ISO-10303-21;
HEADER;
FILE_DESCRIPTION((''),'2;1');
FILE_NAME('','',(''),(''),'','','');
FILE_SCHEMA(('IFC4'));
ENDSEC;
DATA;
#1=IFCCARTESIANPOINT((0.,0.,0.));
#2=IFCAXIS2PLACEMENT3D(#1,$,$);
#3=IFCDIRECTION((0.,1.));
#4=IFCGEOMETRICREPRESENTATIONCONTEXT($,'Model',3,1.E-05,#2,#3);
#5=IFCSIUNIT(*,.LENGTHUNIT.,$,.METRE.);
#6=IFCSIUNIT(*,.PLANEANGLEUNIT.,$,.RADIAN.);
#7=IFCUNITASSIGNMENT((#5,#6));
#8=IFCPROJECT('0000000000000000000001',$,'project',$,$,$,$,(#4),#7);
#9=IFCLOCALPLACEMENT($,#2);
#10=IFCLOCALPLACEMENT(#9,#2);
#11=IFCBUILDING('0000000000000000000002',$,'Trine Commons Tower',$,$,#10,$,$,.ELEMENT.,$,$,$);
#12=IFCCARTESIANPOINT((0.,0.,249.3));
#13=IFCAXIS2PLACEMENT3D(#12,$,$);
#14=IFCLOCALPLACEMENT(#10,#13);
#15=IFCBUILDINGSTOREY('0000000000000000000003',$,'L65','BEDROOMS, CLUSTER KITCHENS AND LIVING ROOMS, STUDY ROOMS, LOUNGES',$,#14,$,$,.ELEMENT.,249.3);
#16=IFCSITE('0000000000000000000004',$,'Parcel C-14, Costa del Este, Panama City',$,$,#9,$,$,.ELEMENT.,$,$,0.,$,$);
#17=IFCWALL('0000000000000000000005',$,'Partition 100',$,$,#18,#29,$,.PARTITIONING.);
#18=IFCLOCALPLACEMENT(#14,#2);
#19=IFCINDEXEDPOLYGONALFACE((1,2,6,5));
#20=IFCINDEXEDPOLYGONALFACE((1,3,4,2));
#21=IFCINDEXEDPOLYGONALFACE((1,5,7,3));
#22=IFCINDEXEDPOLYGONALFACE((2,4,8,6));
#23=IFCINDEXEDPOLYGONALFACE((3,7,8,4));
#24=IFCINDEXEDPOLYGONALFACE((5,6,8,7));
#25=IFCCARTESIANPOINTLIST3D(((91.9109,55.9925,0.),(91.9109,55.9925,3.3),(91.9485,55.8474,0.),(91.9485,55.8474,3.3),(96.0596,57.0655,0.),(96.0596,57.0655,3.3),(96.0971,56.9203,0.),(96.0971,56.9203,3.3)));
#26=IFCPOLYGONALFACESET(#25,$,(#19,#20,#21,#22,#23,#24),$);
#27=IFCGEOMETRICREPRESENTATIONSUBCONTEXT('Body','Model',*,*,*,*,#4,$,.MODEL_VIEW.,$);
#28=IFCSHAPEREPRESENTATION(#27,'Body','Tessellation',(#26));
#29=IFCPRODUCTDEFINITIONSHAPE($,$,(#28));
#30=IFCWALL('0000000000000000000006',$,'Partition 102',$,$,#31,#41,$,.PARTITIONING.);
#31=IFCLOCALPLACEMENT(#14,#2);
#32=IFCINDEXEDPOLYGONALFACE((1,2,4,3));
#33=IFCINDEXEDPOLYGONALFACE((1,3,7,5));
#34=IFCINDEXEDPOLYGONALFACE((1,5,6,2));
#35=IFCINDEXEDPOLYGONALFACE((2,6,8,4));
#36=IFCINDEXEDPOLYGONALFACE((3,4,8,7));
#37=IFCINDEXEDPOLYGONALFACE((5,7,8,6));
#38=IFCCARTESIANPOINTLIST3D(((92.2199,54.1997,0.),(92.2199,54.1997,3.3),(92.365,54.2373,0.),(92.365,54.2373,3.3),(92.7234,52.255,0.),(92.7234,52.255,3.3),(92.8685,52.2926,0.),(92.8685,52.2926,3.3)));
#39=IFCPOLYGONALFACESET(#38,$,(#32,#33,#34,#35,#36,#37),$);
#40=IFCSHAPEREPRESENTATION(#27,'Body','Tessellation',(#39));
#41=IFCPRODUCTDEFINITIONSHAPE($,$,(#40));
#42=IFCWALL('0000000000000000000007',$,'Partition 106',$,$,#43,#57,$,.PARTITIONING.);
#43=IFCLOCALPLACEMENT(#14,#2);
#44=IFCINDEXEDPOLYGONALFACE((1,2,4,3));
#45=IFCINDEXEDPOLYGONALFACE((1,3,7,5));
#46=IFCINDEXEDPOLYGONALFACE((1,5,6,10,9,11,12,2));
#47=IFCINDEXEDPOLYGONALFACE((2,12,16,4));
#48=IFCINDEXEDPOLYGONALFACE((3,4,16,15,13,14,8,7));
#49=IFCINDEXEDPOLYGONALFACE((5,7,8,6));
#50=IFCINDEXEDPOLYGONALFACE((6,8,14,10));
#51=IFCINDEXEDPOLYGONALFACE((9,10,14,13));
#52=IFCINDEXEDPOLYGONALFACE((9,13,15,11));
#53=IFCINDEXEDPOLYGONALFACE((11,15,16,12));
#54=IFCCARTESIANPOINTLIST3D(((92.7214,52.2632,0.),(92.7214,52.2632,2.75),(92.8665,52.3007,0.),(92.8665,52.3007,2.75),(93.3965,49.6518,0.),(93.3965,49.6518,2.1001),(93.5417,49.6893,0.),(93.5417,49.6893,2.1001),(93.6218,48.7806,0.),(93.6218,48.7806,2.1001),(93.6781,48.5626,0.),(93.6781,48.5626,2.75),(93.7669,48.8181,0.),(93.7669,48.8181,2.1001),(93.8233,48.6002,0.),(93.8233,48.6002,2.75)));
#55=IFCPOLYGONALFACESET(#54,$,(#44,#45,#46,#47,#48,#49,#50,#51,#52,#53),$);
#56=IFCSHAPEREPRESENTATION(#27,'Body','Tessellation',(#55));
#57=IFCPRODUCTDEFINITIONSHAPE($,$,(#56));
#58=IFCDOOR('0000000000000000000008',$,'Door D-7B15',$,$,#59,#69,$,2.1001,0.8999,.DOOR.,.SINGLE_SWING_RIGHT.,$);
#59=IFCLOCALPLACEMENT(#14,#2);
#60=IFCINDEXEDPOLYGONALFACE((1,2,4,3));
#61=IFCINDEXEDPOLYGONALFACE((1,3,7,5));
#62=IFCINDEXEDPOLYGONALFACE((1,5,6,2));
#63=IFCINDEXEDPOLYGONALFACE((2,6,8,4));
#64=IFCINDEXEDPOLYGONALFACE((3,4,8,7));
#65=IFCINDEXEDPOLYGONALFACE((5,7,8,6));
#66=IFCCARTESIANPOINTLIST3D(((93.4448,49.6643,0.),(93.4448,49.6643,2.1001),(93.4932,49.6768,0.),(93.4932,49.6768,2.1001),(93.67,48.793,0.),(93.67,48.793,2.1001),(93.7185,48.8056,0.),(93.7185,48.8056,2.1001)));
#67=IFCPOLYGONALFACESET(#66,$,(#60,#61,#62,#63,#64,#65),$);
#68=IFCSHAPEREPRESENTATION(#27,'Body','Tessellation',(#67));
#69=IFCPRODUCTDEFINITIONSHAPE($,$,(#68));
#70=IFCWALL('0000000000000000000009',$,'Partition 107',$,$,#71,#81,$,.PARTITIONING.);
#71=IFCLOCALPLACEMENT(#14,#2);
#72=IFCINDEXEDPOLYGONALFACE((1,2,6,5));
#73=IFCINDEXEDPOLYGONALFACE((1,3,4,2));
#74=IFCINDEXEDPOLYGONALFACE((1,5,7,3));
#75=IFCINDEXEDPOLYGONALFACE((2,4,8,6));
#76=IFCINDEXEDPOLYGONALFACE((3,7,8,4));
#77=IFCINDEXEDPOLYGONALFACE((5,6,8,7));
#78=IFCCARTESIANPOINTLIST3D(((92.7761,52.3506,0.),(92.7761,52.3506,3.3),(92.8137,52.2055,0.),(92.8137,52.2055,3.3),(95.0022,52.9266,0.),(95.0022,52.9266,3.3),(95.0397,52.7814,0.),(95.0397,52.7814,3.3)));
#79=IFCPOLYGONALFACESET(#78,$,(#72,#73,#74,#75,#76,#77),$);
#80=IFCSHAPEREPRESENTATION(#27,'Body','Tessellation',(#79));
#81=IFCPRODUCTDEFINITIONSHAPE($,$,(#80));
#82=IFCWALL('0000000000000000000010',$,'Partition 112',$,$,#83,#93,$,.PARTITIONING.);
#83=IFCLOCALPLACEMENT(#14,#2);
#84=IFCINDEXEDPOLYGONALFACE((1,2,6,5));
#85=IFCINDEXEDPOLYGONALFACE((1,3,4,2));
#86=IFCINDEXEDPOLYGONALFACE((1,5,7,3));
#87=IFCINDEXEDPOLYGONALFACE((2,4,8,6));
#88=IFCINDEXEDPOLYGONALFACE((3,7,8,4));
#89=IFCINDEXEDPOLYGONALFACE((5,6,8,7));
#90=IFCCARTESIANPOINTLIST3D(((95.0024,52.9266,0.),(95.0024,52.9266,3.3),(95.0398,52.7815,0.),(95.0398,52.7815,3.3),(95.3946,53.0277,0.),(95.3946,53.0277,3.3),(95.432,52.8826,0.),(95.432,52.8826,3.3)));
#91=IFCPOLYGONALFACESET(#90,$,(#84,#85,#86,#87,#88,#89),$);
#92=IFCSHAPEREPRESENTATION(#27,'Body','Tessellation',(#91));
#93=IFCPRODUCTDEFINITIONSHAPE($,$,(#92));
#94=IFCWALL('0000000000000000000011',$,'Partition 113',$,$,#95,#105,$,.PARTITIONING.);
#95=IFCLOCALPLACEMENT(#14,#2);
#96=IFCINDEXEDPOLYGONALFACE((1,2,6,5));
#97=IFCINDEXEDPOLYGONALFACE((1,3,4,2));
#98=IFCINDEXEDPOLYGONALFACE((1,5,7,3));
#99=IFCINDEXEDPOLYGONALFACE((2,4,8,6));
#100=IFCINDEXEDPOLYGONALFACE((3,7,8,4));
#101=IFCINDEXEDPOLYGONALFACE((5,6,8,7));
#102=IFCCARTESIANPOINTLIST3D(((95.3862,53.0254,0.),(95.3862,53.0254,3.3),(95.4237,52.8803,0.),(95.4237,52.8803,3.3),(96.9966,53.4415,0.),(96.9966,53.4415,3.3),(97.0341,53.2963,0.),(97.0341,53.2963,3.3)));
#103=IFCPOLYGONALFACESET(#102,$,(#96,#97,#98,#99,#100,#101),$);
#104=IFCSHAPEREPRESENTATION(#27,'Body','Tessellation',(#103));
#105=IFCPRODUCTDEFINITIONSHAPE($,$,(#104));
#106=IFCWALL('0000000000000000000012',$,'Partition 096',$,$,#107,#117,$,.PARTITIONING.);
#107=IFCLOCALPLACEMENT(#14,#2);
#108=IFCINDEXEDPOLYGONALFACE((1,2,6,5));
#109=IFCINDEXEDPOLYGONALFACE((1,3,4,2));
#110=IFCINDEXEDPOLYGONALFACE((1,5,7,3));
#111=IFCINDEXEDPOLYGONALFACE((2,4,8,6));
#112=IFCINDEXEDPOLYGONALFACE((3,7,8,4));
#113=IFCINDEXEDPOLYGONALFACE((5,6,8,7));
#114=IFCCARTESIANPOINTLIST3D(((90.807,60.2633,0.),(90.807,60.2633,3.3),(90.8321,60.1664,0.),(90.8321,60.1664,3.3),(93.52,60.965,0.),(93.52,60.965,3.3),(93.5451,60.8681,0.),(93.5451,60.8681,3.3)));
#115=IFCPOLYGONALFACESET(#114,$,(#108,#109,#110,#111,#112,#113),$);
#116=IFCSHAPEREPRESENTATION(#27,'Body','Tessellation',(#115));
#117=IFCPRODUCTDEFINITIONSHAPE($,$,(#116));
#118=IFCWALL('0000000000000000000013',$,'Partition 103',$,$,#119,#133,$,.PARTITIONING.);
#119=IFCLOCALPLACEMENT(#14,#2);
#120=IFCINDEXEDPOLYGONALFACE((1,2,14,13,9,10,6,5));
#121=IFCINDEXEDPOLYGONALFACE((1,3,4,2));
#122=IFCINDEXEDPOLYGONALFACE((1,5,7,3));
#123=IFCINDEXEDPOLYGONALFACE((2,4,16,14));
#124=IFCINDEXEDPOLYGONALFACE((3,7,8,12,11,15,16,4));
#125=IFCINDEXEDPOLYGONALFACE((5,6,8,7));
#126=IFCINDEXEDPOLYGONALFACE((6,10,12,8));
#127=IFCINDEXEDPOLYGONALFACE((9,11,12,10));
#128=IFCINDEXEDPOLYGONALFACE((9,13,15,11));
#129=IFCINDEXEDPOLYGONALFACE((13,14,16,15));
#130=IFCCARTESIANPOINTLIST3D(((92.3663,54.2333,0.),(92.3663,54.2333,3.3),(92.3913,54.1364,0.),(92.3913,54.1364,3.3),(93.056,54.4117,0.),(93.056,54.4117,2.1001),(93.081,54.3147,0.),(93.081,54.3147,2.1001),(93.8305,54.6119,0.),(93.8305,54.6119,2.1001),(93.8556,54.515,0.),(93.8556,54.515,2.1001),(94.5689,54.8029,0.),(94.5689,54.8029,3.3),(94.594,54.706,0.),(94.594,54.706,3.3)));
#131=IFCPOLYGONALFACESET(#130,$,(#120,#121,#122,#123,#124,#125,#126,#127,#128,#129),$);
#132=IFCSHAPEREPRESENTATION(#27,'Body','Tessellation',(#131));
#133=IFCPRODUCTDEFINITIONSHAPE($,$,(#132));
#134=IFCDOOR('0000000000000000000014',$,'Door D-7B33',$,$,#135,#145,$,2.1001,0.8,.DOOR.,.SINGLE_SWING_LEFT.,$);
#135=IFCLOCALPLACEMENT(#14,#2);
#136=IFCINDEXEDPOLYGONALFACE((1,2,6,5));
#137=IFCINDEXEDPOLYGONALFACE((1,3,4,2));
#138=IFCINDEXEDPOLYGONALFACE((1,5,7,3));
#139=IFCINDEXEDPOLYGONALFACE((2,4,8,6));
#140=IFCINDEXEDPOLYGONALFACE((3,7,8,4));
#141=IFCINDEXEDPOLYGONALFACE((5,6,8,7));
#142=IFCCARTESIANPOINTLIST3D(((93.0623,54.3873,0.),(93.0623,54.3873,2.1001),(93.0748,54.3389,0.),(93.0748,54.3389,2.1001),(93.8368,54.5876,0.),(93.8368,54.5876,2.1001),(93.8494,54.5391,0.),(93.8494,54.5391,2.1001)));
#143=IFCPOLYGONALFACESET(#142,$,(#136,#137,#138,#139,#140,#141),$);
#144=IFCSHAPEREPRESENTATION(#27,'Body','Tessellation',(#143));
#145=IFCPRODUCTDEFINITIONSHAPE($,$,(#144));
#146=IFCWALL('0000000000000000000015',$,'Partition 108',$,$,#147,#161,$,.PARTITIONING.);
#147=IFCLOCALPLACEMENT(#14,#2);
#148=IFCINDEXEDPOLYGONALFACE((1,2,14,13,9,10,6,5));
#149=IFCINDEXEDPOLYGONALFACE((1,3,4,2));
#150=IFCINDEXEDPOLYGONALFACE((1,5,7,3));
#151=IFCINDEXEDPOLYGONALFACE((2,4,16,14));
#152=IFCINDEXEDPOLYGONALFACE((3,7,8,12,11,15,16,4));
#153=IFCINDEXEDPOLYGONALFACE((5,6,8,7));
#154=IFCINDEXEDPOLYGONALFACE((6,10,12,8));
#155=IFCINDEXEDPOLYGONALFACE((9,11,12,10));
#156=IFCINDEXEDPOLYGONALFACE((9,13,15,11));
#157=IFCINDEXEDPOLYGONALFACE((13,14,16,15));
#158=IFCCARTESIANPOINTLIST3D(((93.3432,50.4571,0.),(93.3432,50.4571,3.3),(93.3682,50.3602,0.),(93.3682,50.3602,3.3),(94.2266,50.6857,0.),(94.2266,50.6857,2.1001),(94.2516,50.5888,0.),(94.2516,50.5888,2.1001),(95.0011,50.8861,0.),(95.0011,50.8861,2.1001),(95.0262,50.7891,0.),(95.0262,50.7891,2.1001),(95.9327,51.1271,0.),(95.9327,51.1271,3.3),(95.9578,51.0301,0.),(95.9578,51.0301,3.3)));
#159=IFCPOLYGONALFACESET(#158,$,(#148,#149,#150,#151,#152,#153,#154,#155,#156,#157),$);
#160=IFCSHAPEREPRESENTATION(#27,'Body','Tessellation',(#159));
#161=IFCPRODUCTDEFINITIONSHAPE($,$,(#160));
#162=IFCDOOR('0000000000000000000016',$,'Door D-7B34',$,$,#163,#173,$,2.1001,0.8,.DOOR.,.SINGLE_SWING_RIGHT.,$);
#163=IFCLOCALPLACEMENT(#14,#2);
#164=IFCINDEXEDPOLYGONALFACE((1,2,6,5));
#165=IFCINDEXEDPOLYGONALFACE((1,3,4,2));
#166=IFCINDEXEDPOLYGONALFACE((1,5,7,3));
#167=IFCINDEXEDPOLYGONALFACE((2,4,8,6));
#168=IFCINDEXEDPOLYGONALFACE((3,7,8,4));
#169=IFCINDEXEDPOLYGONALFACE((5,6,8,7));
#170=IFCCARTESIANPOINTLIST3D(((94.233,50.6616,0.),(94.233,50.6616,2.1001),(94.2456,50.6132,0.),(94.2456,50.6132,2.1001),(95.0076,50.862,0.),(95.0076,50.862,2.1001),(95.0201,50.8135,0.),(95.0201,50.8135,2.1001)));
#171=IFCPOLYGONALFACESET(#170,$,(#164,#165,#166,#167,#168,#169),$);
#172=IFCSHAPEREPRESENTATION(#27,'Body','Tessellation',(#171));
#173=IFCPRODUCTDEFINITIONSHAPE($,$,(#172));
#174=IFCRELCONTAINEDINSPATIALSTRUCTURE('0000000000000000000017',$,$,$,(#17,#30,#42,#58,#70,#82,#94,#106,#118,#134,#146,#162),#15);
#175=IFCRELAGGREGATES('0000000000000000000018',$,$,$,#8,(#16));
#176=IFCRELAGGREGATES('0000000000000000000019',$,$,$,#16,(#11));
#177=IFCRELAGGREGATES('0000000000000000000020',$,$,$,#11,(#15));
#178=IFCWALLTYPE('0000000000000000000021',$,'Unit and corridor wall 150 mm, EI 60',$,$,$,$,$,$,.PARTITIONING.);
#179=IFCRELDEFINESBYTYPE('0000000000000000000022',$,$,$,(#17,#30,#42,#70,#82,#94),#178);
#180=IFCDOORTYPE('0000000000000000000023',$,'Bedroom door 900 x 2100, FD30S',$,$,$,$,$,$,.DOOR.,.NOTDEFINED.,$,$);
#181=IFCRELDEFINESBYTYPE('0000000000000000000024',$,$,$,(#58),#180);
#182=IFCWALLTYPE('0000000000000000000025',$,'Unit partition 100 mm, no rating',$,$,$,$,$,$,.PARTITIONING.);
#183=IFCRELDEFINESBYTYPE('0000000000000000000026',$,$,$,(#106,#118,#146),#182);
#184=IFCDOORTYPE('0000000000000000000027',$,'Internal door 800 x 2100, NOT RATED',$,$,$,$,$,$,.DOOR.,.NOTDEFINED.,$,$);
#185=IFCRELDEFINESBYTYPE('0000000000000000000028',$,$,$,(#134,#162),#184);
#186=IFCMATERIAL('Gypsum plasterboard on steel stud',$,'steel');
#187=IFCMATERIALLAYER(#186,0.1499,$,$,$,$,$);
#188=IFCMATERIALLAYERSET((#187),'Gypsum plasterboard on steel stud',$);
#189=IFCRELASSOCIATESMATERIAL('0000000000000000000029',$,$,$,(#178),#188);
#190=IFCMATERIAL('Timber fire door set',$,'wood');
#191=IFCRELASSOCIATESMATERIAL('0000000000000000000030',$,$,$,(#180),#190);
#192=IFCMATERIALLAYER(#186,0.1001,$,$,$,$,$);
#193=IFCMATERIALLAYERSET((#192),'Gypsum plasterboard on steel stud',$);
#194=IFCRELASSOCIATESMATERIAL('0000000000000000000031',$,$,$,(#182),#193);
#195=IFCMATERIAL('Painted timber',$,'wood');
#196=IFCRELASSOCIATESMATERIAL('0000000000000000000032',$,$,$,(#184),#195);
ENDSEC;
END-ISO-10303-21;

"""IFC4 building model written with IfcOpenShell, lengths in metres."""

from ifc_helpers import new_model, si_unit, direction, frame, frame_2d, origin, place, context, subcontext, project, spatial, rectangle, extrude, material, layer, layer_set, type_object, element, fill, save


model = new_model("IFC4")

# Units and contexts
model_context = context("Model", 3, precision=1e-05, world=origin(), true_north=direction((0.0, 1.0)))
body_context = subcontext(model_context, "Body", "Model", "MODEL_VIEW")
ifc_project = project(units=[si_unit("LENGTHUNIT", "METRE"), si_unit("PLANEANGLEUNIT", "RADIAN")], contexts=[model_context])

# Site, building, storey
site_placement = place(None, origin())
site = spatial("IfcSite", under=ifc_project, at=site_placement, Name="Parcel C-14, Costa del Este, Panama City", CompositionType="ELEMENT", RefElevation=0.0)
building_placement = place(site_placement, origin())
building = spatial("IfcBuilding", under=site, at=building_placement, Name="Trine Commons Tower", CompositionType="ELEMENT")
storey_placement = place(building_placement, frame((0.0, 0.0, 249.3)))
storey = spatial("IfcBuildingStorey", under=building, at=storey_placement, Name="L65", Description="BEDROOMS, CLUSTER KITCHENS AND LIVING ROOMS, STUDY ROOMS, LOUNGES", CompositionType="ELEMENT", Elevation=249.3)

# Walls
ifc_material_1 = material(Name="Gypsum plasterboard on steel stud", Category="steel")
ifc_layer_1 = layer(ifc_material_1, 0.1499)
ifc_layer_set_1 = layer_set([ifc_layer_1], Name="Gypsum plasterboard on steel stud")
wall_type_1 = type_object("IfcWallType", Name="Unit and corridor wall 150 mm, EI 60", PredefinedType="PARTITIONING", material=ifc_layer_set_1)
wall_1_placement = place(storey_placement, frame((91.9297, 55.9199, 0.0), z_axis=(0.0, 0.0, 1.0), x_axis=(0.968143, 0.250397, 0.0)))
element("IfcWall", 1, at=wall_1_placement, inside=storey, type_object=wall_type_1, Name="Partition 100", PredefinedType="PARTITIONING", context=body_context, shape_type="SweptSolid", body=[
    extrude(rectangle(XDim=4.2852, YDim=0.1499, at=frame_2d((2.1426, 0.0))), origin(), (0.0, 0.0, 1.0), 3.3),
])
wall_2_placement = place(storey_placement, frame((92.2925, 54.2185, 0.0), z_axis=(0.0, 0.0, 1.0), x_axis=(0.25062, -0.968085, 0.0)))
element("IfcWall", 2, at=wall_2_placement, inside=storey, type_object=wall_type_1, Name="Partition 102", PredefinedType="PARTITIONING", context=body_context, shape_type="SweptSolid", body=[
    extrude(rectangle(XDim=2.0088, YDim=0.1499, at=frame_2d((1.0044, 0.0))), origin(), (0.0, 0.0, 1.0), 3.3),
])

# Wall, opening, door
wall_3_placement = place(storey_placement, frame((92.7939, 52.282, 0.0), z_axis=(0.0, 0.0, 1.0), x_axis=(0.250313, -0.968165, 0.0)))
wall_3 = element("IfcWall", 3, at=wall_3_placement, inside=storey, type_object=wall_type_1, Name="Partition 106", PredefinedType="PARTITIONING", context=body_context, shape_type="SweptSolid", body=[
    extrude(rectangle(XDim=3.8223, YDim=0.1499, at=frame_2d((1.9111, 0.0))), origin(), (0.0, 0.0, 1.0), 2.75),
])
opening_1_placement = place(wall_3_placement, frame((2.6973, 0.0, 0.0)))
opening_1 = element("IfcOpeningElement", 4, at=opening_1_placement, cuts=wall_3, PredefinedType="OPENING", context=body_context, shape_type="SweptSolid", body=[
    extrude(rectangle(XDim=0.8999, YDim=2.1001, at=frame_2d((0.45, 1.05))), frame((0.0, 0.085, 0.0), z_axis=(0.0, -1.0, 0.0), x_axis=(1.0, 0.0, 0.0)), (0.0, 0.0, 1.0), 0.1699),
])
ifc_material_2 = material(Name="Timber fire door set", Category="wood")
door_type_1 = type_object("IfcDoorType", Name="Bedroom door 900 x 2100, FD30S", OperationType="NOTDEFINED", PredefinedType="DOOR", material=ifc_material_2)
door_1_placement = place(opening_1_placement, origin())
door_1 = element("IfcDoor", 5, at=door_1_placement, inside=storey, type_object=door_type_1, Name="Door D-7B15", OperationType="SINGLE_SWING_RIGHT", OverallHeight=2.1001, OverallWidth=0.8999, PredefinedType="DOOR", context=body_context, shape_type="SweptSolid", body=[
    extrude(rectangle(XDim=0.8999, YDim=2.1001, at=frame_2d((0.45, 1.05))), frame((0.0, 0.0249, 0.0), z_axis=(0.0, -1.0, 0.0), x_axis=(1.0, 0.0, 0.0)), (0.0, 0.0, 1.0), 0.05),
])
fill(opening_1, door_1)

# Walls
wall_4_placement = place(storey_placement, frame((92.7949, 52.2781, 0.0), z_axis=(0.0, 0.0, 1.0), x_axis=(0.968124, 0.250472, 0.0)))
element("IfcWall", 6, at=wall_4_placement, inside=storey, type_object=wall_type_1, Name="Partition 107", PredefinedType="PARTITIONING", context=body_context, shape_type="SweptSolid", body=[
    extrude(rectangle(XDim=2.2993, YDim=0.1499, at=frame_2d((1.1497, 0.0))), origin(), (0.0, 0.0, 1.0), 3.3),
])
wall_5_placement = place(storey_placement, frame((95.021, 52.854, 0.0), z_axis=(0.0, 0.0, 1.0), x_axis=(0.968343, 0.249623, 0.0)))
element("IfcWall", 7, at=wall_5_placement, inside=storey, type_object=wall_type_1, Name="Partition 112", PredefinedType="PARTITIONING", context=body_context, shape_type="SweptSolid", body=[
    extrude(rectangle(XDim=0.405, YDim=0.1499, at=frame_2d((0.2026, 0.0))), origin(), (0.0, 0.0, 1.0), 3.3),
])
wall_6_placement = place(storey_placement, frame((95.405, 52.9529, 0.0), z_axis=(0.0, 0.0, 1.0), x_axis=(0.968213, 0.250127, 0.0)))
element("IfcWall", 8, at=wall_6_placement, inside=storey, type_object=wall_type_1, Name="Partition 113", PredefinedType="PARTITIONING", context=body_context, shape_type="SweptSolid", body=[
    extrude(rectangle(XDim=1.6633, YDim=0.1499, at=frame_2d((0.8315, 0.0))), origin(), (0.0, 0.0, 1.0), 3.3),
])
ifc_layer_2 = layer(ifc_material_1, 0.1001)
ifc_layer_set_2 = layer_set([ifc_layer_2], Name="Gypsum plasterboard on steel stud")
wall_type_2 = type_object("IfcWallType", Name="Unit partition 100 mm, no rating", PredefinedType="PARTITIONING", material=ifc_layer_set_2)
wall_7_placement = place(storey_placement, frame((90.8196, 60.2148, 0.0), z_axis=(0.0, 0.0, 1.0), x_axis=(0.968143, 0.2504, 0.0)))
element("IfcWall", 9, at=wall_7_placement, inside=storey, type_object=wall_type_2, Name="Partition 096", PredefinedType="PARTITIONING", context=body_context, shape_type="SweptSolid", body=[
    extrude(rectangle(XDim=2.8022, YDim=0.1001, at=frame_2d((1.4011, 0.0))), origin(), (0.0, 0.0, 1.0), 3.3),
])

# Walls, openings, doors
wall_8_placement = place(storey_placement, frame((92.3787, 54.1848, 0.0), z_axis=(0.0, 0.0, 1.0), x_axis=(0.968154, 0.250355, 0.0)))
wall_8 = element("IfcWall", 10, at=wall_8_placement, inside=storey, type_object=wall_type_2, Name="Partition 103", PredefinedType="PARTITIONING", context=body_context, shape_type="SweptSolid", body=[
    extrude(rectangle(XDim=2.2751, YDim=0.1001, at=frame_2d((1.1377, 0.0))), origin(), (0.0, 0.0, 1.0), 3.3),
])
opening_2_placement = place(wall_8_placement, frame((0.7126, 0.0, 0.0)))
opening_2 = element("IfcOpeningElement", 11, at=opening_2_placement, cuts=wall_8, PredefinedType="OPENING", context=body_context, shape_type="SweptSolid", body=[
    extrude(rectangle(XDim=0.8, YDim=2.1001, at=frame_2d((0.3999, 1.05))), frame((0.0, 0.0601, 0.0), z_axis=(0.0, -1.0, 0.0), x_axis=(1.0, 0.0, 0.0)), (0.0, 0.0, 1.0), 0.1201),
])
ifc_material_3 = material(Name="Painted timber", Category="wood")
door_type_2 = type_object("IfcDoorType", Name="Internal door 800 x 2100, NOT RATED", OperationType="NOTDEFINED", PredefinedType="DOOR", material=ifc_material_3)
door_2_placement = place(opening_2_placement, origin())
door_2 = element("IfcDoor", 12, at=door_2_placement, inside=storey, type_object=door_type_2, Name="Door D-7B33", OperationType="SINGLE_SWING_LEFT", OverallHeight=2.1001, OverallWidth=0.8, PredefinedType="DOOR", context=body_context, shape_type="SweptSolid", body=[
    extrude(rectangle(XDim=0.8, YDim=2.1001, at=frame_2d((0.3999, 1.05))), frame((0.0, 0.0249, 0.0), z_axis=(0.0, -1.0, 0.0), x_axis=(1.0, 0.0, 0.0)), (0.0, 0.0, 1.0), 0.05),
])
fill(opening_2, door_2)
wall_9_placement = place(storey_placement, frame((93.3557, 50.4087, 0.0), z_axis=(0.0, 0.0, 1.0), x_axis=(0.968129, 0.250452, 0.0)))
wall_9 = element("IfcWall", 13, at=wall_9_placement, inside=storey, type_object=wall_type_2, Name="Partition 108", PredefinedType="PARTITIONING", context=body_context, shape_type="SweptSolid", body=[
    extrude(rectangle(XDim=2.6748, YDim=0.1001, at=frame_2d((1.3374, 0.0))), origin(), (0.0, 0.0, 1.0), 3.3),
])
opening_3_placement = place(wall_9_placement, frame((0.9126, 0.0, 0.0)))
opening_3 = element("IfcOpeningElement", 14, at=opening_3_placement, cuts=wall_9, PredefinedType="OPENING", context=body_context, shape_type="SweptSolid", body=[
    extrude(rectangle(XDim=0.8, YDim=2.1001, at=frame_2d((0.3999, 1.05))), frame((0.0, 0.0601, 0.0), z_axis=(0.0, -1.0, 0.0), x_axis=(1.0, 0.0, 0.0)), (0.0, 0.0, 1.0), 0.1201),
])
door_3_placement = place(opening_3_placement, frame((0.8, 0.0, 0.0), z_axis=(0.0, 0.0, 1.0), x_axis=(-1.0, 0.0, 0.0)))
door_3 = element("IfcDoor", 15, at=door_3_placement, inside=storey, type_object=door_type_2, Name="Door D-7B34", OperationType="SINGLE_SWING_RIGHT", OverallHeight=2.1001, OverallWidth=0.8, PredefinedType="DOOR", context=body_context, shape_type="SweptSolid", body=[
    extrude(rectangle(XDim=0.8, YDim=2.1001, at=frame_2d((0.3999, 1.05))), frame((0.0, 0.0249, 0.0), z_axis=(0.0, -1.0, 0.0), x_axis=(1.0, 0.0, 0.0)), (0.0, 0.0, 1.0), 0.05),
])
fill(opening_3, door_3)

save(model, "model.ifc")
